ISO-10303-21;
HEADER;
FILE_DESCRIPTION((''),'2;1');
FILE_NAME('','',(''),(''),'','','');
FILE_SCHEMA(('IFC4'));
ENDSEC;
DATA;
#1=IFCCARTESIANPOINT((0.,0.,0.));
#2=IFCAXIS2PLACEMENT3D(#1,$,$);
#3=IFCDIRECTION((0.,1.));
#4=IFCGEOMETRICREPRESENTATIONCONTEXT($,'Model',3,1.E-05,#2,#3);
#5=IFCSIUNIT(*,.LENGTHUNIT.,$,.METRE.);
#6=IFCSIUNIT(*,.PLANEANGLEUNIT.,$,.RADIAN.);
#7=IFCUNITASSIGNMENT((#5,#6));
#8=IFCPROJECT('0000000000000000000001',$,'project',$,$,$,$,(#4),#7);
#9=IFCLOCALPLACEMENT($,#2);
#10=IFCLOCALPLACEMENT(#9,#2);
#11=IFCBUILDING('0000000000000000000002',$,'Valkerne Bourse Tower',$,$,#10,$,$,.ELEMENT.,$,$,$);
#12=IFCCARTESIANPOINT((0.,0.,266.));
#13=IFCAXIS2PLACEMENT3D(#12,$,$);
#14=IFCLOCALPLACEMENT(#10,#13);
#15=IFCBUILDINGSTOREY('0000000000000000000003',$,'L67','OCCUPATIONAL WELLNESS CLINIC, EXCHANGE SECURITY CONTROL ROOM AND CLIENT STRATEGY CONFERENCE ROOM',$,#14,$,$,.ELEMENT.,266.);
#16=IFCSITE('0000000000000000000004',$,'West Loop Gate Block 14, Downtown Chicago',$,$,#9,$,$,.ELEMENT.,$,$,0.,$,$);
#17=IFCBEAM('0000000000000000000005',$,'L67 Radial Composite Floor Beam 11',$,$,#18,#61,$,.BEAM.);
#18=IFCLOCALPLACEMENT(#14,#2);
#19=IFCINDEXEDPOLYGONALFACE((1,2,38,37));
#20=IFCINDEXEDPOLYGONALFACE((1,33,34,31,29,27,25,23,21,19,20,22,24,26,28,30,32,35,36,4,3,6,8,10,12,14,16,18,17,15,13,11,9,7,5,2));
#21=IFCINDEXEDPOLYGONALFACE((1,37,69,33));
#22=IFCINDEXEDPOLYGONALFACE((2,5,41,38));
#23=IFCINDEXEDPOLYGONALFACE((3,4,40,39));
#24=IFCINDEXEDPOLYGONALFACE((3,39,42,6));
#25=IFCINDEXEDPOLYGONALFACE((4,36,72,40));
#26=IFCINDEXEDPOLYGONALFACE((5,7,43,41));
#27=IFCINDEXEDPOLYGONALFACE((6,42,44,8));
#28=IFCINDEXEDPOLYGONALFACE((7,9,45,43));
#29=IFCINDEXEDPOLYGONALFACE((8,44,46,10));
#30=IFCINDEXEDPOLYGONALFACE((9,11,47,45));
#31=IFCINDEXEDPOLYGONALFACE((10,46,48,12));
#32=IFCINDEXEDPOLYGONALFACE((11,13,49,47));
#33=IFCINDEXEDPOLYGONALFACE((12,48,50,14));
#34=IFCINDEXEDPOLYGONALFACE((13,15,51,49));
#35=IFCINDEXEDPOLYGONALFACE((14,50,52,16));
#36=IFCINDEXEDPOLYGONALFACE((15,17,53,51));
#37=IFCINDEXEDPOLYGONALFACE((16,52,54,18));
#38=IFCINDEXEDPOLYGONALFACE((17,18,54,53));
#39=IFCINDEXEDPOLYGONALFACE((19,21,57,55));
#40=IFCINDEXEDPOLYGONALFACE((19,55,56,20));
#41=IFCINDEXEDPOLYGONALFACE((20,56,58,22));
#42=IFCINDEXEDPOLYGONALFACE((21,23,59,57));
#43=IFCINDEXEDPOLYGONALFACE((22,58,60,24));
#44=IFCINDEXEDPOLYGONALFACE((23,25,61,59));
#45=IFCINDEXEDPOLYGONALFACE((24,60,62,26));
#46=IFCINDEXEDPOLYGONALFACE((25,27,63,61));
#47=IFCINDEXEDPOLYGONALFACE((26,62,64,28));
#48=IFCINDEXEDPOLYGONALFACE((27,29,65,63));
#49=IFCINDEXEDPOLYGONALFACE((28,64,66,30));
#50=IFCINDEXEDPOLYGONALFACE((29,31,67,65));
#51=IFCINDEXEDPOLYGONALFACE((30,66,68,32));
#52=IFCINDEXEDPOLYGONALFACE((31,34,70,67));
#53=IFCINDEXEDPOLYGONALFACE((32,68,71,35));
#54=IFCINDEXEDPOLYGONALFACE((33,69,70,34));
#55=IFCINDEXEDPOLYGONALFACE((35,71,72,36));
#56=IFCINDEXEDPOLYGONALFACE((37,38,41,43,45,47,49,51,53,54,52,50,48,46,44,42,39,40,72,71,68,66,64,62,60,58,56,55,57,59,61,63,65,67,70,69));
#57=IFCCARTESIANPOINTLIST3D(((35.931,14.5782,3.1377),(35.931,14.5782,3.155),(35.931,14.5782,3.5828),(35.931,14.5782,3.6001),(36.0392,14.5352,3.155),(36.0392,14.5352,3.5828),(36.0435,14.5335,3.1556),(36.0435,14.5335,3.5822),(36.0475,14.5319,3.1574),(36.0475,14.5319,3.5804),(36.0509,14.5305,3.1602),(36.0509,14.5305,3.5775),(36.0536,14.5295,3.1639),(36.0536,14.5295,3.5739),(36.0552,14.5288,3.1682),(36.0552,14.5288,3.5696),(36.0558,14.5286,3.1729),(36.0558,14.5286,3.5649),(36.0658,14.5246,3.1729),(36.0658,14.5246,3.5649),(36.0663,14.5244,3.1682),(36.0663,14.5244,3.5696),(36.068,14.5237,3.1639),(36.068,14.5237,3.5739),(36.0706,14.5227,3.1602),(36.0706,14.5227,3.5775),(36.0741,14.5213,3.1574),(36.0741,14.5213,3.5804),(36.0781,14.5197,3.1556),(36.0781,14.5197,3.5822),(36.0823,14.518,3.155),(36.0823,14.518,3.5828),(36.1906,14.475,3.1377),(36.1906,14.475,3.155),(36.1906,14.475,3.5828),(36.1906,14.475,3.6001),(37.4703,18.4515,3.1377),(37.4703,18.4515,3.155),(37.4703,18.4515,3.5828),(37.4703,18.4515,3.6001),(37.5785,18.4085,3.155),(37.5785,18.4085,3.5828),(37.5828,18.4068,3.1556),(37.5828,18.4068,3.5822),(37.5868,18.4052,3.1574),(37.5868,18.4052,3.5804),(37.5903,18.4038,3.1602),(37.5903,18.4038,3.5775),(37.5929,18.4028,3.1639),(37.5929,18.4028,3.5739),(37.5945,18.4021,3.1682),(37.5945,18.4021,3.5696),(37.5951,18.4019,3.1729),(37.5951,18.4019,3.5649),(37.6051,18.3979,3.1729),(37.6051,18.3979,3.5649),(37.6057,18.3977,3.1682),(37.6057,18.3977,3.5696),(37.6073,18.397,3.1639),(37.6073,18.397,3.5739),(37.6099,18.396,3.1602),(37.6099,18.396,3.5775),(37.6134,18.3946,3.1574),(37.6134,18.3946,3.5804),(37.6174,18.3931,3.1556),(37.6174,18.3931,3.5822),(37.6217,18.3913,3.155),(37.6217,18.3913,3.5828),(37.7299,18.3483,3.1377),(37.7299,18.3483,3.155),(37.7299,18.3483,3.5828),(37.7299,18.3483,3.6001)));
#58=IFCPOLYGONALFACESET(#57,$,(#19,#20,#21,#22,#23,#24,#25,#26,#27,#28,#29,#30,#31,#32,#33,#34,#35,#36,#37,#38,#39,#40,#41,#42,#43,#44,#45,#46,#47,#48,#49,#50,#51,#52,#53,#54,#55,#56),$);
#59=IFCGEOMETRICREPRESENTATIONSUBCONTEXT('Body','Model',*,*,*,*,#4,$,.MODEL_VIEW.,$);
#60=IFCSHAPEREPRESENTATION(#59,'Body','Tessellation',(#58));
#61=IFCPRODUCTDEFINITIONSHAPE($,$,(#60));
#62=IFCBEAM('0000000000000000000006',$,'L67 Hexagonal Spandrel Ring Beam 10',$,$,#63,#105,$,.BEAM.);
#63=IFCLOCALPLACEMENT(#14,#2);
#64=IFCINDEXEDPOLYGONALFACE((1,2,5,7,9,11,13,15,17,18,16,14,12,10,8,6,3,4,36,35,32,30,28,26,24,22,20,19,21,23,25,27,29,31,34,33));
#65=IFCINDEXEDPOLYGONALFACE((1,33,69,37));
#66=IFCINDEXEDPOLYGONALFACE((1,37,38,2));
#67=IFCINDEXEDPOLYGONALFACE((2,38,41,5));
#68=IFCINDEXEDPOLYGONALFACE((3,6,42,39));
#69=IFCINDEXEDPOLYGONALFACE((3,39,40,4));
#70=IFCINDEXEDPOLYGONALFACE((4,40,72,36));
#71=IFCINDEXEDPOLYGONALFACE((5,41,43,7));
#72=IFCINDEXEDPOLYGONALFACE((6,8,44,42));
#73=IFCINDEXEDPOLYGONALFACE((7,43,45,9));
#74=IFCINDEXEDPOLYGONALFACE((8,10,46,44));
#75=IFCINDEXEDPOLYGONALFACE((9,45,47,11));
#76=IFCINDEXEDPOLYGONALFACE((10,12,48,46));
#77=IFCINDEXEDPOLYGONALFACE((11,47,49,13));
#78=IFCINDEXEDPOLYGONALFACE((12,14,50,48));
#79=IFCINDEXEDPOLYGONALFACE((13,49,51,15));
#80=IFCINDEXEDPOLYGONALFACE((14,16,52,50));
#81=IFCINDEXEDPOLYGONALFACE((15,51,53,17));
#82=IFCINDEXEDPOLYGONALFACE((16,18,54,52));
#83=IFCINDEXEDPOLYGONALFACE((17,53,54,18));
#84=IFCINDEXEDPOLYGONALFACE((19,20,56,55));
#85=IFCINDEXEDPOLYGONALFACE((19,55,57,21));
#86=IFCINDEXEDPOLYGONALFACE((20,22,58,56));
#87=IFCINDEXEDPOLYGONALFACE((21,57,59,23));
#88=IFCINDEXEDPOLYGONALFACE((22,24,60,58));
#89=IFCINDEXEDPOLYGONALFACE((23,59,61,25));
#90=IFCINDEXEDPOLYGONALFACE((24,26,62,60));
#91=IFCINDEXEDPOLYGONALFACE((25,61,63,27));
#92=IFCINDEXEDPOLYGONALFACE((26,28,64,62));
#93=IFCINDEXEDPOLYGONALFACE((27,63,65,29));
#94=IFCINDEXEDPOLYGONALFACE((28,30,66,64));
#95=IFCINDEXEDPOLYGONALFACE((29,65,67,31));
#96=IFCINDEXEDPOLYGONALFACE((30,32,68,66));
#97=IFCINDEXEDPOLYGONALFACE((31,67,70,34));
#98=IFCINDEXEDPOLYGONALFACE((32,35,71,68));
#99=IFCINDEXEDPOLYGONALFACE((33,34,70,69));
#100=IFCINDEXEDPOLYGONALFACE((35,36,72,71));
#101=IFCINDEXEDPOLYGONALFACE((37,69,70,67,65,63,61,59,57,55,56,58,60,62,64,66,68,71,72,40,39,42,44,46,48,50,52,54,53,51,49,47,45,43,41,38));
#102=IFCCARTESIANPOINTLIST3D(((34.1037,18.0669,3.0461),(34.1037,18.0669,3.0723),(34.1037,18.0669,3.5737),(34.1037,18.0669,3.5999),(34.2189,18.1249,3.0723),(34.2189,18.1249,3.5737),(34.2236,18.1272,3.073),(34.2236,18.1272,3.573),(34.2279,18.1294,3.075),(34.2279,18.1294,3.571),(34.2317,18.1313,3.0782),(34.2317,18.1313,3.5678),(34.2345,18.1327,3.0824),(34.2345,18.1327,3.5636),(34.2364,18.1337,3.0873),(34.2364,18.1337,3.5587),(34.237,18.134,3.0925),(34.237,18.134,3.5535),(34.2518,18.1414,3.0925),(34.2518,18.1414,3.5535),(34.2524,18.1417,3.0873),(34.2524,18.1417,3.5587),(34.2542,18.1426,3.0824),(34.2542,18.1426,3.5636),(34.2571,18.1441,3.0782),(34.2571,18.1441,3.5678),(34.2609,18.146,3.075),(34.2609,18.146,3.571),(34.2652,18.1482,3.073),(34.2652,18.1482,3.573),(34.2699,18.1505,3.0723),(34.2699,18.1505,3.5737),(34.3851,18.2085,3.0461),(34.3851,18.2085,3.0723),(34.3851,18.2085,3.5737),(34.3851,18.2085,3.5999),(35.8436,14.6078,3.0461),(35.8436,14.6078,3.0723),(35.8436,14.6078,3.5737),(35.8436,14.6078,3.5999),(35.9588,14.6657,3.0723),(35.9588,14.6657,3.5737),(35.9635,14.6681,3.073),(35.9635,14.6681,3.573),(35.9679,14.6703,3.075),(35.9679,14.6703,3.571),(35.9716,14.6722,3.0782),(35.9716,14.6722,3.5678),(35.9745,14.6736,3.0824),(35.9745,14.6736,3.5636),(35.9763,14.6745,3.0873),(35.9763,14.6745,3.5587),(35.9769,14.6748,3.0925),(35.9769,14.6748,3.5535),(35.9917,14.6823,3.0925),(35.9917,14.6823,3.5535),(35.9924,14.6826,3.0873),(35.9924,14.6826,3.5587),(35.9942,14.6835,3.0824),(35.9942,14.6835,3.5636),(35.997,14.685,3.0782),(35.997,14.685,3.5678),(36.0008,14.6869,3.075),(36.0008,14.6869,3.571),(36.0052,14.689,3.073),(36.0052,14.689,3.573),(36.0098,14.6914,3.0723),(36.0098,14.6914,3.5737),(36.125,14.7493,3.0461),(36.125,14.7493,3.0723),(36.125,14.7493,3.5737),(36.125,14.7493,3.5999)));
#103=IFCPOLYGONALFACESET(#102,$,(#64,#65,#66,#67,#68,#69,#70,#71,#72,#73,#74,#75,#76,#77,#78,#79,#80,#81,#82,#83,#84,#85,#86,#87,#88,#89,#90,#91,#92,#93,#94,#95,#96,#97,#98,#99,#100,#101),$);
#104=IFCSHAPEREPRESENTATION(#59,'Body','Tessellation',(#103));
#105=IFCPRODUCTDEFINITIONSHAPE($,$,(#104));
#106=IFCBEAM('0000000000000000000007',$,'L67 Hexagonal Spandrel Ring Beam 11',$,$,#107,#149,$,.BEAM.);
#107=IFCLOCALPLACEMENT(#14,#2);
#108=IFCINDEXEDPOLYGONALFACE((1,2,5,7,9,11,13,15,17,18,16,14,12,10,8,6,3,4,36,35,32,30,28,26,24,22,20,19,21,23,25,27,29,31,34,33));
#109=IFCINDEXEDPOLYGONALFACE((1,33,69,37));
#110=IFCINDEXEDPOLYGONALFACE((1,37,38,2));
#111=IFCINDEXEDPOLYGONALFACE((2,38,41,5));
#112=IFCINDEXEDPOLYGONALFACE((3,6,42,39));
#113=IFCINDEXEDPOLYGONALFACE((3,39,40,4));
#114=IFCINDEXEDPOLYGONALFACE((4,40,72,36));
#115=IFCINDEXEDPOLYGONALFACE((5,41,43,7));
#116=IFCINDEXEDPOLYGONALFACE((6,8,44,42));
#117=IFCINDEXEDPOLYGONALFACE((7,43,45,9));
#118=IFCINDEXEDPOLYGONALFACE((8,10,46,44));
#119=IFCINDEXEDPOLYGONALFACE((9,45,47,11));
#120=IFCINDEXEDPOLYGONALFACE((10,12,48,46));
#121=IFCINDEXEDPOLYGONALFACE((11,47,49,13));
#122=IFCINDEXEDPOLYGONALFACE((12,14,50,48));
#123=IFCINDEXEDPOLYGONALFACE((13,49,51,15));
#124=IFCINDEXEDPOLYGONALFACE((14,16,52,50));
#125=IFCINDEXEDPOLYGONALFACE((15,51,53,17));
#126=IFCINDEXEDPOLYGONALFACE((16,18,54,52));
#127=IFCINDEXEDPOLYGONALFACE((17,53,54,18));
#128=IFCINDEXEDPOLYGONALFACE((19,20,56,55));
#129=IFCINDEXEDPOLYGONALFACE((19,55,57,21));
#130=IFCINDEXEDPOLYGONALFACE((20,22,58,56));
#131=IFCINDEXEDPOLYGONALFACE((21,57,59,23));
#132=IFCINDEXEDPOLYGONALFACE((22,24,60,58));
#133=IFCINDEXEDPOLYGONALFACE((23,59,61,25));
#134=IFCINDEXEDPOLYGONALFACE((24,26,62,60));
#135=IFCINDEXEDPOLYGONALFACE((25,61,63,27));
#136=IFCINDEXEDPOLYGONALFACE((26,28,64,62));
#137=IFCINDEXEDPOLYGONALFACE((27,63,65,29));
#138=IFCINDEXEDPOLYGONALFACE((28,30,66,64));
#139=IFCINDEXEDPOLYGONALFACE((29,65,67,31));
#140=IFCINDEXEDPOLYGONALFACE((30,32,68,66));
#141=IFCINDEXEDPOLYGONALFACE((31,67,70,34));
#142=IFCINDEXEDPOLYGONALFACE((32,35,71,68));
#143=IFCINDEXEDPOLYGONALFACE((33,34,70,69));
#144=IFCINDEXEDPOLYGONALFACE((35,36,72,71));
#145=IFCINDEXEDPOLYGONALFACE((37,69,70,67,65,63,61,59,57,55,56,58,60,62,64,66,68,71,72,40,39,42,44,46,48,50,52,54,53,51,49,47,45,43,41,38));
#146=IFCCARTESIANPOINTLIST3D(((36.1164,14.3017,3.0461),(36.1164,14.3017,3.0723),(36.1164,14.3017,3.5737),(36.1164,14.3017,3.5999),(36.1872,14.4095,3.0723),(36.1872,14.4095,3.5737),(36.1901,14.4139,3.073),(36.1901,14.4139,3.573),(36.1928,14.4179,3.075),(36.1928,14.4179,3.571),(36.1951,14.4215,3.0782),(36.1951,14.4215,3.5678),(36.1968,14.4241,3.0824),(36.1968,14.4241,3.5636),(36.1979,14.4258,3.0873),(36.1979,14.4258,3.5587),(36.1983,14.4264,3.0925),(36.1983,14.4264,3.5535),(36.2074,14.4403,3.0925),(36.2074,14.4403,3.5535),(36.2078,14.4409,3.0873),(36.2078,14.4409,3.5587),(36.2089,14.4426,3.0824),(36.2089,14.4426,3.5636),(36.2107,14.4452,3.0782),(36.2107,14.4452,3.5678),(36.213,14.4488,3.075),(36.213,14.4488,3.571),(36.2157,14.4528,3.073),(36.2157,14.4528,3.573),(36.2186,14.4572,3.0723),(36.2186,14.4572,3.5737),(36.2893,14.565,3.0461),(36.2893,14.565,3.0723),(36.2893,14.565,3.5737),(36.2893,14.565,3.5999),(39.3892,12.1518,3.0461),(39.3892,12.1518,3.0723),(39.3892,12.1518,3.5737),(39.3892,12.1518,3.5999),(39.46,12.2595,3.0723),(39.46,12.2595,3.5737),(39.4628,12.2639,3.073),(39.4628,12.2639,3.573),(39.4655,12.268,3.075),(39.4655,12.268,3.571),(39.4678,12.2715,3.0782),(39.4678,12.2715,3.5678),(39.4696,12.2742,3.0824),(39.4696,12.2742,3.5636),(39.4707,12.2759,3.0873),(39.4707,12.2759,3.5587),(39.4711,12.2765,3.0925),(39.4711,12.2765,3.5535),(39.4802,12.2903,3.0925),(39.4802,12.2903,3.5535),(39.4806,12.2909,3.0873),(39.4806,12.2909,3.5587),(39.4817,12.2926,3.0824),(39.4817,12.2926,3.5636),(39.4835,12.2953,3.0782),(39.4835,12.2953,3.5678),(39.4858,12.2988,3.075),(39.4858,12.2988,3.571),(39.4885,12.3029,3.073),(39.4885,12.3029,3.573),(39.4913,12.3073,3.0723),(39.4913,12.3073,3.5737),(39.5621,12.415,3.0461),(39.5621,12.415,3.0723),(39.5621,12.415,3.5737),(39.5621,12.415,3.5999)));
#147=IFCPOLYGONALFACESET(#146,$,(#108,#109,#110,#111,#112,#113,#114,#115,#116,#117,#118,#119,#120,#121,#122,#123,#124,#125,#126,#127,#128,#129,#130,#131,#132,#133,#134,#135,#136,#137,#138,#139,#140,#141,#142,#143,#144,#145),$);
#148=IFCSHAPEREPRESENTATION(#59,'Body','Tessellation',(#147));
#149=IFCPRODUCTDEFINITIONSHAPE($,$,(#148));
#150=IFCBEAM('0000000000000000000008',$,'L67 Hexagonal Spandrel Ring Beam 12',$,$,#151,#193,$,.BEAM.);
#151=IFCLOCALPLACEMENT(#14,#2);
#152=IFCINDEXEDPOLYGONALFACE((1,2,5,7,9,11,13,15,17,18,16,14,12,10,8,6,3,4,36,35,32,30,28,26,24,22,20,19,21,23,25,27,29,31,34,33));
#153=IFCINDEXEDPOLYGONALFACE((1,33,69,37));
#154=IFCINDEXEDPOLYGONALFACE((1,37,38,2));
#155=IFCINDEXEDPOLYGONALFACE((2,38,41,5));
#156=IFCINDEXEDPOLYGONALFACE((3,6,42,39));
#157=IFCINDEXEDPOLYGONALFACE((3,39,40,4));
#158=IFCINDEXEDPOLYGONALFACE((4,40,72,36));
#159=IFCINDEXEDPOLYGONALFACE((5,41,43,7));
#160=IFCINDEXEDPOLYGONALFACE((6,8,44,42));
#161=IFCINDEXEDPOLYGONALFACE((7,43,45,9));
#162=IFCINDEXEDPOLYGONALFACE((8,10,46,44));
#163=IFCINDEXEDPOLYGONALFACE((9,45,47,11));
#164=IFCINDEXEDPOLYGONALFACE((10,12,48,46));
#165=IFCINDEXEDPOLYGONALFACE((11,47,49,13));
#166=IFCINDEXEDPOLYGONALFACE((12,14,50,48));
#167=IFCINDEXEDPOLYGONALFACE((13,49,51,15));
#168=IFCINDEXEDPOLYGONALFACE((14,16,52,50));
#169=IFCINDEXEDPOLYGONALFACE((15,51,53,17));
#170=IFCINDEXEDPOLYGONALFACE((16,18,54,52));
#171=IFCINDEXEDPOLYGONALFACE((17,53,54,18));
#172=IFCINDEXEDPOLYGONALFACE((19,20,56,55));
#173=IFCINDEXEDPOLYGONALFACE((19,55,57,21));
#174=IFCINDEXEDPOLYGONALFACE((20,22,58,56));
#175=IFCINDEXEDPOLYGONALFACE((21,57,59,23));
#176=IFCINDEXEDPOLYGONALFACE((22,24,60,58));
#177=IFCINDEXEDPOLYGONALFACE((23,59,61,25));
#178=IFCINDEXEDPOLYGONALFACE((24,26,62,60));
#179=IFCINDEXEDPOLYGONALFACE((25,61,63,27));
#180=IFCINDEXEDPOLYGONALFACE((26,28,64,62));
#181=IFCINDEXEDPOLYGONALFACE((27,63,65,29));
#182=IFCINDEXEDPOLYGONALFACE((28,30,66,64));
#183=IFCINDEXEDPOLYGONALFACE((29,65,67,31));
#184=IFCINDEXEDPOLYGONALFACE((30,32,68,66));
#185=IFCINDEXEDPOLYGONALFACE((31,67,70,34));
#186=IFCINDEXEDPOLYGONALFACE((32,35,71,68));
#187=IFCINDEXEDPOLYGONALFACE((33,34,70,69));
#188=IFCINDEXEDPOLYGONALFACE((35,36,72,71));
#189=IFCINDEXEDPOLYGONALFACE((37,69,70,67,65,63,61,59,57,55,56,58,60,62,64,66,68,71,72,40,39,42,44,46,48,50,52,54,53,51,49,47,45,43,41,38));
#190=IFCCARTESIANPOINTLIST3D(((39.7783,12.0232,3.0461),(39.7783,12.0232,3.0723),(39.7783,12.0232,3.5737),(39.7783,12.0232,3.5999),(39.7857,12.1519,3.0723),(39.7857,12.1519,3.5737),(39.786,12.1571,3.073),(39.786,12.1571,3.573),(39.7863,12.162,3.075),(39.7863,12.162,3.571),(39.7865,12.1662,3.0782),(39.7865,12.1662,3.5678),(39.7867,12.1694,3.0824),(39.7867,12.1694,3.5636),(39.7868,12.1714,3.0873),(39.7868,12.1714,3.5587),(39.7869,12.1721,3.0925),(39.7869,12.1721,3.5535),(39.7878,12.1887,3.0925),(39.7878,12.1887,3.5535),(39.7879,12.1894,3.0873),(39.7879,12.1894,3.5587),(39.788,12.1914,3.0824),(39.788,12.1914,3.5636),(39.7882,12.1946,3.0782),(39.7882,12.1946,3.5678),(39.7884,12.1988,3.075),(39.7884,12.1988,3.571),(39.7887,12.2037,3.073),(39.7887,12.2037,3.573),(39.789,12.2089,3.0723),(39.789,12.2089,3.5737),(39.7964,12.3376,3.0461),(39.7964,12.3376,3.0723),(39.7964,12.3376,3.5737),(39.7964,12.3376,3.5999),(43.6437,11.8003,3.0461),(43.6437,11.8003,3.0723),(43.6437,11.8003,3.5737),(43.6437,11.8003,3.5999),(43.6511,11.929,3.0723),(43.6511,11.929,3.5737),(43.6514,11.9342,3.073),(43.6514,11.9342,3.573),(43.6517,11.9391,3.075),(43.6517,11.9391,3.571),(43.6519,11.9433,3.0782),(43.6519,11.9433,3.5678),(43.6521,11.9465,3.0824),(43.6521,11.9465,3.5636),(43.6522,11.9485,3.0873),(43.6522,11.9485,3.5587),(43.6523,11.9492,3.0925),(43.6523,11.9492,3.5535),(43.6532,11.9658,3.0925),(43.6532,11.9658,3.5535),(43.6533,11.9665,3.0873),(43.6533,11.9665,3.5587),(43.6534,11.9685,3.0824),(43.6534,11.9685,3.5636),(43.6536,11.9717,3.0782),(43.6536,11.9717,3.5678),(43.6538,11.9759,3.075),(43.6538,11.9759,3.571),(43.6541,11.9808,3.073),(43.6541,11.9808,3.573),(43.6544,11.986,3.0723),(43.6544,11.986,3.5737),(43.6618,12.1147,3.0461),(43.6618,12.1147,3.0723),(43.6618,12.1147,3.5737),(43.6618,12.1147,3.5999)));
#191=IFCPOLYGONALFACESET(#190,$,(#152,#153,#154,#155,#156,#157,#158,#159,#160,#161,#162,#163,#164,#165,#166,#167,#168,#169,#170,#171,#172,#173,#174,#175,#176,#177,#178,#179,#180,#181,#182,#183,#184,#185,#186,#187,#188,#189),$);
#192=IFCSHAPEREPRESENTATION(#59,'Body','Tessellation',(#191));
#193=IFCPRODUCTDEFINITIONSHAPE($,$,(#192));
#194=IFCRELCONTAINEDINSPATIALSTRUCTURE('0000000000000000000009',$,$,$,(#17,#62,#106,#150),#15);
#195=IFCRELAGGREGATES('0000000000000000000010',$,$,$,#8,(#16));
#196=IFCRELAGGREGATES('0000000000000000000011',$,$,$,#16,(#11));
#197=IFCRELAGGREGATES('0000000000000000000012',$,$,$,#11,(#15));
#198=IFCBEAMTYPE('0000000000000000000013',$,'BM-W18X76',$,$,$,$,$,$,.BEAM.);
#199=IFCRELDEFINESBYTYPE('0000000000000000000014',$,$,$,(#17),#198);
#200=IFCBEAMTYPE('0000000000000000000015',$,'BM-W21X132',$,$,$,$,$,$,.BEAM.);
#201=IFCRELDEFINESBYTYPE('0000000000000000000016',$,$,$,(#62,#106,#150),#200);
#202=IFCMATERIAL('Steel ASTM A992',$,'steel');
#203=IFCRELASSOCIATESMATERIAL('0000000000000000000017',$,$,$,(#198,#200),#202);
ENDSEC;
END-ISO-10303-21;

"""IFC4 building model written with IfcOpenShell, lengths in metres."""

from ifc_helpers import new_model, si_unit, direction, frame, origin, origin_2d, place, context, subcontext, project, spatial, i_section, extrude, material, material_profile, profile_set, type_object, element, save


model = new_model("IFC4")

# Units and contexts
model_context = context("Model", 3, precision=1e-05, world=origin(), true_north=direction((0.0, 1.0)))
body_context = subcontext(model_context, "Body", "Model", "MODEL_VIEW")
ifc_project = project(units=[si_unit("LENGTHUNIT", "METRE"), si_unit("PLANEANGLEUNIT", "RADIAN")], contexts=[model_context])

# Site, building, storey
site_placement = place(None, origin())
site = spatial("IfcSite", under=ifc_project, at=site_placement, Name="West Loop Gate Block 14, Downtown Chicago", CompositionType="ELEMENT", RefElevation=0.0)
building_placement = place(site_placement, origin())
building = spatial("IfcBuilding", under=site, at=building_placement, Name="Valkerne Bourse Tower", CompositionType="ELEMENT")
storey_placement = place(building_placement, frame((0.0, 0.0, 266.0)))
storey = spatial("IfcBuildingStorey", under=building, at=storey_placement, Name="L67", Description="OCCUPATIONAL WELLNESS CLINIC, EXCHANGE SECURITY CONTROL ROOM AND CLIENT STRATEGY CONFERENCE ROOM", CompositionType="ELEMENT", Elevation=266.0)

# Beams
ifc_material_1 = material(Name="Steel ASTM A992", Category="steel")
ifc_material_profile_1 = material_profile(ifc_material_1, i_section(OverallWidth=0.2793, OverallDepth=0.4624, WebThickness=0.0107, FlangeThickness=0.0173, FilletRadius=0.0178, at=origin_2d()), Name="W18X76")
ifc_profile_set_1 = profile_set([ifc_material_profile_1], Name="Steel ASTM A992")
beam_type_1 = type_object("IfcBeamType", Name="BM-W18X76", PredefinedType="BEAM", material=ifc_profile_set_1)
beam_1_placement = place(storey_placement, frame((36.0608, 14.5266, 3.3689), z_axis=(0.369319, 0.929303, 0.0), x_axis=(-0.929303, 0.369319, 0.0)))
element("IfcBeam", 1, at=beam_1_placement, inside=storey, type_object=beam_type_1, Name="L67 Radial Composite Floor Beam 11", PredefinedType="BEAM", context=body_context, shape_type="SweptSolid", body=[
    extrude(i_section(OverallWidth=0.2793, OverallDepth=0.4624, WebThickness=0.0107, FlangeThickness=0.0173, FilletRadius=0.0178, at=origin_2d()), origin(), (0.0, 0.0, 1.0), 4.168),
])
ifc_material_profile_2 = material_profile(ifc_material_1, i_section(OverallWidth=0.3149, OverallDepth=0.5537, WebThickness=0.0166, FlangeThickness=0.0261, FilletRadius=0.0203, at=origin_2d()), Name="W21X132")
ifc_profile_set_2 = profile_set([ifc_material_profile_2], Name="Steel ASTM A992")
beam_type_2 = type_object("IfcBeamType", Name="BM-W21X132", PredefinedType="BEAM", material=ifc_profile_set_2)
beam_2_placement = place(storey_placement, frame((34.2444, 18.1377, 3.323), z_axis=(0.449356, -0.893353, 0.0), x_axis=(0.893353, 0.449356, 0.0)))
element("IfcBeam", 2, at=beam_2_placement, inside=storey, type_object=beam_type_2, Name="L67 Hexagonal Spandrel Ring Beam 10", PredefinedType="BEAM", context=body_context, shape_type="SweptSolid", body=[
    extrude(i_section(OverallWidth=0.3149, OverallDepth=0.5537, WebThickness=0.0166, FlangeThickness=0.0261, FilletRadius=0.0203, at=origin_2d()), origin(), (0.0, 0.0, 1.0), 3.8721),
])
beam_3_placement = place(storey_placement, frame((36.2029, 14.4333, 3.323), z_axis=(0.835791, -0.549047, 0.0), x_axis=(0.549047, 0.835791, 0.0)))
element("IfcBeam", 3, at=beam_3_placement, inside=storey, type_object=beam_type_2, Name="L67 Hexagonal Spandrel Ring Beam 11", PredefinedType="BEAM", context=body_context, shape_type="SweptSolid", body=[
    extrude(i_section(OverallWidth=0.3149, OverallDepth=0.5537, WebThickness=0.0166, FlangeThickness=0.0261, FilletRadius=0.0203, at=origin_2d()), origin(), (0.0, 0.0, 1.0), 3.9158),
])
beam_4_placement = place(storey_placement, frame((39.7874, 12.1804, 3.323), z_axis=(0.998342, -0.057569, 0.0), x_axis=(0.057569, 0.998342, 0.0)))
element("IfcBeam", 4, at=beam_4_placement, inside=storey, type_object=beam_type_2, Name="L67 Hexagonal Spandrel Ring Beam 12", PredefinedType="BEAM", context=body_context, shape_type="SweptSolid", body=[
    extrude(i_section(OverallWidth=0.3149, OverallDepth=0.5537, WebThickness=0.0166, FlangeThickness=0.0261, FilletRadius=0.0203, at=origin_2d()), origin(), (0.0, 0.0, 1.0), 3.8718),
])

save(model, "model.ifc")
